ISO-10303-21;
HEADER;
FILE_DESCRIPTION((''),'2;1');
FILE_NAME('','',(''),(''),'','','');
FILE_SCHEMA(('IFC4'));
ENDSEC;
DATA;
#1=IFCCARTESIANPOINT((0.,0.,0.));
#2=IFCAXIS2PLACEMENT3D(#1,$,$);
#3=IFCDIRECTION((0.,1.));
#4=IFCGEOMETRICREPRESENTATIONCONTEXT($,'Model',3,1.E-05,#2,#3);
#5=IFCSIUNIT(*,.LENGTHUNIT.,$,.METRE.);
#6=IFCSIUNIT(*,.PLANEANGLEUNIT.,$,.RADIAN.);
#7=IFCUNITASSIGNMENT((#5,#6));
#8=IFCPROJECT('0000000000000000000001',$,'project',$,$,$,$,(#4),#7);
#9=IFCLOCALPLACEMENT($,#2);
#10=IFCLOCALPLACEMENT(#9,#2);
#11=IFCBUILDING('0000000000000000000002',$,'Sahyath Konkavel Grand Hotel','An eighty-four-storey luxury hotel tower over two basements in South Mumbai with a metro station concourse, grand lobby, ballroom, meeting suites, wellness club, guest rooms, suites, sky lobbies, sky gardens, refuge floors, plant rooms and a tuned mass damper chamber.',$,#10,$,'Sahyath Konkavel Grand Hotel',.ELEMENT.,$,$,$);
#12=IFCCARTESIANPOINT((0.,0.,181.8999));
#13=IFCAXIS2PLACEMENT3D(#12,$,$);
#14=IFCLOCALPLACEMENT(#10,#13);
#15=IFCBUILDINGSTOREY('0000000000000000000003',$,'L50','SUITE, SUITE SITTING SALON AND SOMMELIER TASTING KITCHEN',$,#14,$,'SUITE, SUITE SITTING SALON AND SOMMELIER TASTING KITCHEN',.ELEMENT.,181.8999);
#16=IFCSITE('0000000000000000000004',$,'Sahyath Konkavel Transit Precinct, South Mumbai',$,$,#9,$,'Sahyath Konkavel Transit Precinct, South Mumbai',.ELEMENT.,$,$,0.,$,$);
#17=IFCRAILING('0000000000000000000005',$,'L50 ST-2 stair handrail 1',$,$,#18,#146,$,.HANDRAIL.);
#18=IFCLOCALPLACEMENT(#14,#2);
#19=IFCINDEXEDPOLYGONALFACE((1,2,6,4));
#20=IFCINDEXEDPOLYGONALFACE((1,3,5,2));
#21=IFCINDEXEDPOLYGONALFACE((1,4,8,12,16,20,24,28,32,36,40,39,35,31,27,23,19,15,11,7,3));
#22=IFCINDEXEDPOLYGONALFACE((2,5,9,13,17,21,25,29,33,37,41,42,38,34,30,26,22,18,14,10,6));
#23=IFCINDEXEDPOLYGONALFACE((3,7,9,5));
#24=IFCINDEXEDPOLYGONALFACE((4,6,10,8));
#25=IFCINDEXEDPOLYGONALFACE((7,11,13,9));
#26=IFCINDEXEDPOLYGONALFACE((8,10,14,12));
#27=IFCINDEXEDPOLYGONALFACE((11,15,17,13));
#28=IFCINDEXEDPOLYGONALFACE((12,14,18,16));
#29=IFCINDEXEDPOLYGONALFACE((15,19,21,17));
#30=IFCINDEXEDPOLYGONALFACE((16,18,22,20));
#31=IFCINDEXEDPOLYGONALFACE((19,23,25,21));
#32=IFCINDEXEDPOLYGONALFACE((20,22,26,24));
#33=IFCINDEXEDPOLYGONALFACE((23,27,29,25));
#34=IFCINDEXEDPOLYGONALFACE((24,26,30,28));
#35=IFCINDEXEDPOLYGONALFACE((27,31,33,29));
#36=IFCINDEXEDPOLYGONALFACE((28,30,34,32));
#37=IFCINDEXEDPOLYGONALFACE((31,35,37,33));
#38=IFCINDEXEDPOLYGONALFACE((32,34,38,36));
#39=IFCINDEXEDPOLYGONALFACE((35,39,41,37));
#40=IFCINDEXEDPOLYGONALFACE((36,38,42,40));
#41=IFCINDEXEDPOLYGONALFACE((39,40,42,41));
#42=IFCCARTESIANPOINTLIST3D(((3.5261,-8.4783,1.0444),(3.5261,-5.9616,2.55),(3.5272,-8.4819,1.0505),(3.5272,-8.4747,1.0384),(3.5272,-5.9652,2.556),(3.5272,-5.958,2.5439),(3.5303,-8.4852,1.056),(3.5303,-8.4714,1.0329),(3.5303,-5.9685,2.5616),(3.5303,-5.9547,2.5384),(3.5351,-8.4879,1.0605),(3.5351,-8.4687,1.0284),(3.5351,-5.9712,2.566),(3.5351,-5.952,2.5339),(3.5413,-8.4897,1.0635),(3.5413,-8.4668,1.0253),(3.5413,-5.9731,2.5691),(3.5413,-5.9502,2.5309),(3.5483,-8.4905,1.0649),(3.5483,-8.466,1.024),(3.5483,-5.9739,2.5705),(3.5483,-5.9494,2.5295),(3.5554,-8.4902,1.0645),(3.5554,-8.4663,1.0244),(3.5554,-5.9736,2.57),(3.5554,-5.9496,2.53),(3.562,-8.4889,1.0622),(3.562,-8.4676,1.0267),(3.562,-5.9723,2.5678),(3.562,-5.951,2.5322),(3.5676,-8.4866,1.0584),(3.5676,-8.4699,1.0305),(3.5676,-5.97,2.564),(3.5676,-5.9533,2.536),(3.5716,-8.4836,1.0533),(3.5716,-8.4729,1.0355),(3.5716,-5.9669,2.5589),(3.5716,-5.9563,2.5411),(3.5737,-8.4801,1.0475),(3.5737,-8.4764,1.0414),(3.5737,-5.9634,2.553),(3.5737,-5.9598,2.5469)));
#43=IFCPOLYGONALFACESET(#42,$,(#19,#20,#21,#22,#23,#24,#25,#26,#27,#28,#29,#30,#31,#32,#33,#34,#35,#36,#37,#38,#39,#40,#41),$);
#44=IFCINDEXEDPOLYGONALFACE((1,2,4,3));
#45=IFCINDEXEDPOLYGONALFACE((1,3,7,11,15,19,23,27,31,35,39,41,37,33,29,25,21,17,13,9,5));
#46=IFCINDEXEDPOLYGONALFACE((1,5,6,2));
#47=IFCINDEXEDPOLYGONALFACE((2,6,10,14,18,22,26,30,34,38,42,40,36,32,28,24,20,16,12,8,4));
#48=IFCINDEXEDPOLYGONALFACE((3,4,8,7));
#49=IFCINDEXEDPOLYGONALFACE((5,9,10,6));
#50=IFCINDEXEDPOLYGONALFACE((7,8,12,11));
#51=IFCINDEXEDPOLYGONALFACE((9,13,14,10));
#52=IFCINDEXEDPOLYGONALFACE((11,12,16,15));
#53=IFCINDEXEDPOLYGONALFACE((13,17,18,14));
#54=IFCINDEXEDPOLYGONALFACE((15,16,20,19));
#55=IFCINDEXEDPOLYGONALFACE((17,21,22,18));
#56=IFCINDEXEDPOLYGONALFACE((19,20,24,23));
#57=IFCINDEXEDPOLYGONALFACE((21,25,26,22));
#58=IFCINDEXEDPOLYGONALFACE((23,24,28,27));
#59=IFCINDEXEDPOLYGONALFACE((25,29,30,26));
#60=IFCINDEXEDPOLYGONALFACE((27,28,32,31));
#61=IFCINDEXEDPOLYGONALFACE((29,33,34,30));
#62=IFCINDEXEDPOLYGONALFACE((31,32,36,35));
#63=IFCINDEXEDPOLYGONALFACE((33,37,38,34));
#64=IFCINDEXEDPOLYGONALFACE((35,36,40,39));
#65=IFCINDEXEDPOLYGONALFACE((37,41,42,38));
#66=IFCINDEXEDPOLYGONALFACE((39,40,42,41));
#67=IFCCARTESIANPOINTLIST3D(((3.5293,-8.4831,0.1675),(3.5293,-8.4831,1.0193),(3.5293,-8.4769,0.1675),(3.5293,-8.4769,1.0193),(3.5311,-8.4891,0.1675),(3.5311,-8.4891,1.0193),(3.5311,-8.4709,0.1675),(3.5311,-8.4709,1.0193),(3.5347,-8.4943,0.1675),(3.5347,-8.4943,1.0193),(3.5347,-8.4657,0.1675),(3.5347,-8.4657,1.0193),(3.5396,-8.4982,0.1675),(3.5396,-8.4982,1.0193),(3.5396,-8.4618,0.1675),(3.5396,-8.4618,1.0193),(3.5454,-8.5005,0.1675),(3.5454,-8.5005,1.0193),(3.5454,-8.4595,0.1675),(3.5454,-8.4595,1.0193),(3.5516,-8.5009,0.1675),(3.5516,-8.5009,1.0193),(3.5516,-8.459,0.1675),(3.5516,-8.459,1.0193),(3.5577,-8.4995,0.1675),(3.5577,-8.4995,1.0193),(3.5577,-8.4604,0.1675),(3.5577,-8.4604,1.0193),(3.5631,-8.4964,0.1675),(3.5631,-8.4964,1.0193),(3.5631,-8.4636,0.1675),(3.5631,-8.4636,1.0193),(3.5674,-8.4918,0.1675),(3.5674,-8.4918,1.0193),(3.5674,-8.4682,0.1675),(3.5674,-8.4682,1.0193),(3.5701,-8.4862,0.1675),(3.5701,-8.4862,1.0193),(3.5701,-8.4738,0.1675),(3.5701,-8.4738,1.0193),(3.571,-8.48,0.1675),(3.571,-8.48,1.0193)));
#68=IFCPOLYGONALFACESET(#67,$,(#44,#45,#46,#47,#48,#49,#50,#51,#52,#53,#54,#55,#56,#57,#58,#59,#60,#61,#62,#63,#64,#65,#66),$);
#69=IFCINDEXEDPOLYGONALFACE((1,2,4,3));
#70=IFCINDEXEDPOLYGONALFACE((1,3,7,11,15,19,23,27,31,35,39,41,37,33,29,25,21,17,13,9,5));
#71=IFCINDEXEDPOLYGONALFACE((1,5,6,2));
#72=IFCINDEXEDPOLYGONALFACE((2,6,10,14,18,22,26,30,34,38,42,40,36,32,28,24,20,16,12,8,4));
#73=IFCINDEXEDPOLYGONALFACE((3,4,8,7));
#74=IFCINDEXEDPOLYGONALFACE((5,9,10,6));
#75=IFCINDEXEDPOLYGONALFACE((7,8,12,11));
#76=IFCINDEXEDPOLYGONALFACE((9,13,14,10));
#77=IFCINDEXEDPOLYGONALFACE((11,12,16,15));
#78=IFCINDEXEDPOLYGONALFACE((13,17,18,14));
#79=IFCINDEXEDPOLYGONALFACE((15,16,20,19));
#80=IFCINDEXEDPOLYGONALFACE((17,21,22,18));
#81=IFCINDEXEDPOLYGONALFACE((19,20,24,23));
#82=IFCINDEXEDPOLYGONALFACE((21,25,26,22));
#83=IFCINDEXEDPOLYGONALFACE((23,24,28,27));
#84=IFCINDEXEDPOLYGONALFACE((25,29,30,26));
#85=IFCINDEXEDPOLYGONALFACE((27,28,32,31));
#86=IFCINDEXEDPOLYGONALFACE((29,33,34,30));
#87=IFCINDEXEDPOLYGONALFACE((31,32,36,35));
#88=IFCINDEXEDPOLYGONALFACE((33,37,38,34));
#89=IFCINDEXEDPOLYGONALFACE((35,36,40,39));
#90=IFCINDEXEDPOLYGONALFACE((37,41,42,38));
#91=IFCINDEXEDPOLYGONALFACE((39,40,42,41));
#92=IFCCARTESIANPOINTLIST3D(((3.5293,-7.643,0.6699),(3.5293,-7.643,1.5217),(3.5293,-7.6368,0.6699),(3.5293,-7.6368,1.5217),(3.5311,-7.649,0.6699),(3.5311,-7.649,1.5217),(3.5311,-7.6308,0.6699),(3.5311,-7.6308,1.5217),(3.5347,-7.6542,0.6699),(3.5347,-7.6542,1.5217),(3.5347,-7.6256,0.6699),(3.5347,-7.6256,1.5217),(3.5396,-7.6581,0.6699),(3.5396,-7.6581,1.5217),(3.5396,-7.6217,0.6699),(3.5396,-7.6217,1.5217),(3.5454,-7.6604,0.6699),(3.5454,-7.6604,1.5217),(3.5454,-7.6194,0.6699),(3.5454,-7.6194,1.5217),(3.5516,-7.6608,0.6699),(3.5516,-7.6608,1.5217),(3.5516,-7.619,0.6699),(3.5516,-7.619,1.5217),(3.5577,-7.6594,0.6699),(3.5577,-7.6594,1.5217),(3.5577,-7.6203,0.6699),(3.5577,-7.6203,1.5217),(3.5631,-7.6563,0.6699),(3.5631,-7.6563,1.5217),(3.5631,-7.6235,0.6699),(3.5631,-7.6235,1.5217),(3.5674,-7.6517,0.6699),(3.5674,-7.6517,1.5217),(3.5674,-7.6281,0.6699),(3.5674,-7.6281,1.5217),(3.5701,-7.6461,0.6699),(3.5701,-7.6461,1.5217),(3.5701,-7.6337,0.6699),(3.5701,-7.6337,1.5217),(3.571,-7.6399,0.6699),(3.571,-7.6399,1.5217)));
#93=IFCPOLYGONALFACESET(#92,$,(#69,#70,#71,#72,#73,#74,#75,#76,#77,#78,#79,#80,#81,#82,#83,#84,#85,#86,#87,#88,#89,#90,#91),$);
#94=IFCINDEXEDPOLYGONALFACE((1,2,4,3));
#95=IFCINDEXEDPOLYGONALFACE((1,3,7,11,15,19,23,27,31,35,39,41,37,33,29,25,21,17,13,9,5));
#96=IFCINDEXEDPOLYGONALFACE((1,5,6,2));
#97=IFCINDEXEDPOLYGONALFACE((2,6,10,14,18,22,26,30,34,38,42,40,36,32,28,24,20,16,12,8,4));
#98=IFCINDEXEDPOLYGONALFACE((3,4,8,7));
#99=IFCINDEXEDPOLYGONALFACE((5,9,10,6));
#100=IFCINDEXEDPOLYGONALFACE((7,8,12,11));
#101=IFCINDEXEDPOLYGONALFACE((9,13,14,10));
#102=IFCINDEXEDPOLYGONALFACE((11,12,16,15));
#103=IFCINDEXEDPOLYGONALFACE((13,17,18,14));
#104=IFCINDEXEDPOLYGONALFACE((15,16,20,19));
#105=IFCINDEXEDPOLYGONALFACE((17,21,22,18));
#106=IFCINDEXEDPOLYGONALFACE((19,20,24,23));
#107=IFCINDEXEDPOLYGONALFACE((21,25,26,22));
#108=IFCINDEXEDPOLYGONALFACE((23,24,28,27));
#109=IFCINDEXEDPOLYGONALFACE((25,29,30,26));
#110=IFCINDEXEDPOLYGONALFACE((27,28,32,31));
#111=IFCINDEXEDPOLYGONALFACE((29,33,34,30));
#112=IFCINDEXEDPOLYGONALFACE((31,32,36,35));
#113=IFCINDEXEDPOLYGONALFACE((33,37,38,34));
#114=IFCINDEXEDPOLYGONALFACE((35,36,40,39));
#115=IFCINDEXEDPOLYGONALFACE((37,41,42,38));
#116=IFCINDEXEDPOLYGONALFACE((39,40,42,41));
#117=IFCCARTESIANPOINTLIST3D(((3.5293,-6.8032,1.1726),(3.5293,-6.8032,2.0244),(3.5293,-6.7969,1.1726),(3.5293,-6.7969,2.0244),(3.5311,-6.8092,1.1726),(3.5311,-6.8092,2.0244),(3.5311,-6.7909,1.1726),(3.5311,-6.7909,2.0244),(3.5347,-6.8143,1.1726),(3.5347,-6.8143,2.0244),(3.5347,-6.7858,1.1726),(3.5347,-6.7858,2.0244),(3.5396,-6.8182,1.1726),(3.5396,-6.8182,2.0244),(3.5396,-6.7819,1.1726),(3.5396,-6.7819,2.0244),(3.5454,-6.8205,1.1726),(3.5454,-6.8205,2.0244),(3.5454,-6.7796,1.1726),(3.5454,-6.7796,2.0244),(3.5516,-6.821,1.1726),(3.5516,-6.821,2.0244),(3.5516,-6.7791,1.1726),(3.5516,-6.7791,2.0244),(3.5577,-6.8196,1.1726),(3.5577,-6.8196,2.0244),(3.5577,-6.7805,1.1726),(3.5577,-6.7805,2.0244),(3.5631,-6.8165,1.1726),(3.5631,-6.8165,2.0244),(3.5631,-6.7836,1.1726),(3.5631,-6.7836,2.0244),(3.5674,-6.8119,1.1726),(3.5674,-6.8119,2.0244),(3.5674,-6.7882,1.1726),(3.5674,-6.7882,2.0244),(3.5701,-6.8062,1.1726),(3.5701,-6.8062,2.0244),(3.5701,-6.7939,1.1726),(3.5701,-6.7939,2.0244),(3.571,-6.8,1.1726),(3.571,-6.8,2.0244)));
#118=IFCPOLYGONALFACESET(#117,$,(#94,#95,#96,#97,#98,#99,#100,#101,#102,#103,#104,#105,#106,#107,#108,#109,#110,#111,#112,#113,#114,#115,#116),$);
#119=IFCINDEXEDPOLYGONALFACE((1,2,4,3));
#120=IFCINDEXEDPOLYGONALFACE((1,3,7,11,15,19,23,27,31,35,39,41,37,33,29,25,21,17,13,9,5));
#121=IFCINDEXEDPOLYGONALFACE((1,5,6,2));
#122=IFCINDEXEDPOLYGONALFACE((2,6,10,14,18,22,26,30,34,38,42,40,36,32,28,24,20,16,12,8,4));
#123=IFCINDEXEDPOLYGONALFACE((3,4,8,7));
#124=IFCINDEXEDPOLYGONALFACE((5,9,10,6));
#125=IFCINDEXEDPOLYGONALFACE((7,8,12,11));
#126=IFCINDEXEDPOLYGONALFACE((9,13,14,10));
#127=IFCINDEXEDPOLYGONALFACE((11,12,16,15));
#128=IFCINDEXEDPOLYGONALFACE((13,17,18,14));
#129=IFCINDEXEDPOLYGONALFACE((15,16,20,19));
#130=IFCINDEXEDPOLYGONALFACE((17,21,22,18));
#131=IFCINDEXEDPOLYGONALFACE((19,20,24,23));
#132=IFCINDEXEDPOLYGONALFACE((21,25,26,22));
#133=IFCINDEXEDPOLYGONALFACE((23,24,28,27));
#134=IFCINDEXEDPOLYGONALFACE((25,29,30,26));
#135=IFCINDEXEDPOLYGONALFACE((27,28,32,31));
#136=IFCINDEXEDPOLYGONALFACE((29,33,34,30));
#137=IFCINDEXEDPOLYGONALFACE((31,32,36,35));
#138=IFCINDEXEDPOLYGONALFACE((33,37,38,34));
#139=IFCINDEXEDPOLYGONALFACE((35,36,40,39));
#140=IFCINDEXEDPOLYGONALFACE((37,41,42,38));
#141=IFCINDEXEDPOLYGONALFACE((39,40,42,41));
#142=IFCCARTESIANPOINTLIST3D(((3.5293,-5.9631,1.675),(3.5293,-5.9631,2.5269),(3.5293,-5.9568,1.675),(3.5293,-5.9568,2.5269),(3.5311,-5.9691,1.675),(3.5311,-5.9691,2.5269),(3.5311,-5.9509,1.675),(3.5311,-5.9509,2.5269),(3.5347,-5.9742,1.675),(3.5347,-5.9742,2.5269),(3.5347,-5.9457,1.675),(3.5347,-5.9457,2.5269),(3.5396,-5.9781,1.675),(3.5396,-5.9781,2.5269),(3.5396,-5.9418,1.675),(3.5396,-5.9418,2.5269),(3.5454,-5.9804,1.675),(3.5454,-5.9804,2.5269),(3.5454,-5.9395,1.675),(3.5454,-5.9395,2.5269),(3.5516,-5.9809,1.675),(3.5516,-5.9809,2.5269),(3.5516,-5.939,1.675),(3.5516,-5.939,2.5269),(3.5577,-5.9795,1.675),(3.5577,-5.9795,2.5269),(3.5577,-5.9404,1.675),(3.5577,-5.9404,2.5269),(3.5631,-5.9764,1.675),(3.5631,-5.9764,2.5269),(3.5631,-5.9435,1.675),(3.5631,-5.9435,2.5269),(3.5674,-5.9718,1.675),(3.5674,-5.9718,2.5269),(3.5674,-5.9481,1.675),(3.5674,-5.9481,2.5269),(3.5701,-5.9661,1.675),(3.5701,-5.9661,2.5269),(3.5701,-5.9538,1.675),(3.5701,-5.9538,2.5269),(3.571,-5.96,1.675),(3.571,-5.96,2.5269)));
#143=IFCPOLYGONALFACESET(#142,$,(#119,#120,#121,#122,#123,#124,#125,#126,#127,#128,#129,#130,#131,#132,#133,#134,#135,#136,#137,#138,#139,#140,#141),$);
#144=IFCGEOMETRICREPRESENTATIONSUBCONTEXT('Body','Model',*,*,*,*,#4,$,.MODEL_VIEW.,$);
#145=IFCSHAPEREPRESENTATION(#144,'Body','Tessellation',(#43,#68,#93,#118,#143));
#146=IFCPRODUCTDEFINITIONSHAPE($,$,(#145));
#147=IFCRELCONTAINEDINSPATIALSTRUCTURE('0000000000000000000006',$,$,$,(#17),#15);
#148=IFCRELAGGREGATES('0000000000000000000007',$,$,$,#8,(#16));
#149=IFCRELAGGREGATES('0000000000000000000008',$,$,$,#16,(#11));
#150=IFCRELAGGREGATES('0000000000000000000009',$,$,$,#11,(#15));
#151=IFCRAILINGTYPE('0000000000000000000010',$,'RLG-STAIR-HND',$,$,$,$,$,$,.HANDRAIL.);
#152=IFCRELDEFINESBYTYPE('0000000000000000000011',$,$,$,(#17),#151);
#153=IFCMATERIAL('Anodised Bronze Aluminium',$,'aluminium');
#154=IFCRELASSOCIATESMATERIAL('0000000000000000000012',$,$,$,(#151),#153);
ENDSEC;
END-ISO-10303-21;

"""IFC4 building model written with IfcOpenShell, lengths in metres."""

from ifc_helpers import new_model, si_unit, direction, frame, origin, origin_2d, place, context, subcontext, project, spatial, circle, extrude, material, type_object, element, save


model = new_model("IFC4")

# Units and contexts
model_context = context("Model", 3, precision=1e-05, world=origin(), true_north=direction((0.0, 1.0)))
body_context = subcontext(model_context, "Body", "Model", "MODEL_VIEW")
ifc_project = project(units=[si_unit("LENGTHUNIT", "METRE"), si_unit("PLANEANGLEUNIT", "RADIAN")], contexts=[model_context])

# Site, building, storey
site_placement = place(None, origin())
site = spatial("IfcSite", under=ifc_project, at=site_placement, Name="Sahyath Konkavel Transit Precinct, South Mumbai", LongName="Sahyath Konkavel Transit Precinct, South Mumbai", CompositionType="ELEMENT", RefElevation=0.0)
building_placement = place(site_placement, origin())
building = spatial("IfcBuilding", under=site, at=building_placement, Name="Sahyath Konkavel Grand Hotel", Description="An eighty-four-storey luxury hotel tower over two basements in South Mumbai with a metro station concourse, grand lobby, ballroom, meeting suites, wellness club, guest rooms, suites, sky lobbies, sky gardens, refuge floors, plant rooms and a tuned mass damper chamber.", LongName="Sahyath Konkavel Grand Hotel", CompositionType="ELEMENT")
storey_placement = place(building_placement, frame((0.0, 0.0, 181.8999)))
storey = spatial("IfcBuildingStorey", under=building, at=storey_placement, Name="L50", Description="SUITE, SUITE SITTING SALON AND SOMMELIER TASTING KITCHEN", LongName="SUITE, SUITE SITTING SALON AND SOMMELIER TASTING KITCHEN", CompositionType="ELEMENT", Elevation=181.8999)

# Railing
ifc_material_1 = material(Name="Anodised Bronze Aluminium", Category="aluminium")
railing_type_1 = type_object("IfcRailingType", Name="RLG-STAIR-HND", PredefinedType="HANDRAIL", material=ifc_material_1)
railing_1_placement = place(storey_placement, frame((3.55, -8.48, 0.1675)))
element("IfcRailing", 1, at=railing_1_placement, inside=storey, type_object=railing_type_1, Name="L50 ST-2 stair handrail 1", PredefinedType="HANDRAIL", context=body_context, shape_type="SweptSolid", body=[
    extrude(circle(Radius=0.0239, at=origin_2d()), frame((0.0, 0.0017, 0.877), z_axis=(0.0, 0.85816, 0.513383), x_axis=(-1.0, 0.0, 0.0)), (0.0, 0.0, 1.0), 2.9326),
    extrude(circle(Radius=0.021, at=origin_2d()), origin(), (0.0, 0.0, 1.0), 0.8518),
    extrude(circle(Radius=0.021, at=origin_2d()), frame((0.0, 0.8401, 0.5024)), (0.0, 0.0, 1.0), 0.8518),
    extrude(circle(Radius=0.021, at=origin_2d()), frame((0.0, 1.6799, 1.0051)), (0.0, 0.0, 1.0), 0.8518),
    extrude(circle(Radius=0.021, at=origin_2d()), frame((0.0, 2.52, 1.5076)), (0.0, 0.0, 1.0), 0.8518),
])

save(model, "model.ifc")
